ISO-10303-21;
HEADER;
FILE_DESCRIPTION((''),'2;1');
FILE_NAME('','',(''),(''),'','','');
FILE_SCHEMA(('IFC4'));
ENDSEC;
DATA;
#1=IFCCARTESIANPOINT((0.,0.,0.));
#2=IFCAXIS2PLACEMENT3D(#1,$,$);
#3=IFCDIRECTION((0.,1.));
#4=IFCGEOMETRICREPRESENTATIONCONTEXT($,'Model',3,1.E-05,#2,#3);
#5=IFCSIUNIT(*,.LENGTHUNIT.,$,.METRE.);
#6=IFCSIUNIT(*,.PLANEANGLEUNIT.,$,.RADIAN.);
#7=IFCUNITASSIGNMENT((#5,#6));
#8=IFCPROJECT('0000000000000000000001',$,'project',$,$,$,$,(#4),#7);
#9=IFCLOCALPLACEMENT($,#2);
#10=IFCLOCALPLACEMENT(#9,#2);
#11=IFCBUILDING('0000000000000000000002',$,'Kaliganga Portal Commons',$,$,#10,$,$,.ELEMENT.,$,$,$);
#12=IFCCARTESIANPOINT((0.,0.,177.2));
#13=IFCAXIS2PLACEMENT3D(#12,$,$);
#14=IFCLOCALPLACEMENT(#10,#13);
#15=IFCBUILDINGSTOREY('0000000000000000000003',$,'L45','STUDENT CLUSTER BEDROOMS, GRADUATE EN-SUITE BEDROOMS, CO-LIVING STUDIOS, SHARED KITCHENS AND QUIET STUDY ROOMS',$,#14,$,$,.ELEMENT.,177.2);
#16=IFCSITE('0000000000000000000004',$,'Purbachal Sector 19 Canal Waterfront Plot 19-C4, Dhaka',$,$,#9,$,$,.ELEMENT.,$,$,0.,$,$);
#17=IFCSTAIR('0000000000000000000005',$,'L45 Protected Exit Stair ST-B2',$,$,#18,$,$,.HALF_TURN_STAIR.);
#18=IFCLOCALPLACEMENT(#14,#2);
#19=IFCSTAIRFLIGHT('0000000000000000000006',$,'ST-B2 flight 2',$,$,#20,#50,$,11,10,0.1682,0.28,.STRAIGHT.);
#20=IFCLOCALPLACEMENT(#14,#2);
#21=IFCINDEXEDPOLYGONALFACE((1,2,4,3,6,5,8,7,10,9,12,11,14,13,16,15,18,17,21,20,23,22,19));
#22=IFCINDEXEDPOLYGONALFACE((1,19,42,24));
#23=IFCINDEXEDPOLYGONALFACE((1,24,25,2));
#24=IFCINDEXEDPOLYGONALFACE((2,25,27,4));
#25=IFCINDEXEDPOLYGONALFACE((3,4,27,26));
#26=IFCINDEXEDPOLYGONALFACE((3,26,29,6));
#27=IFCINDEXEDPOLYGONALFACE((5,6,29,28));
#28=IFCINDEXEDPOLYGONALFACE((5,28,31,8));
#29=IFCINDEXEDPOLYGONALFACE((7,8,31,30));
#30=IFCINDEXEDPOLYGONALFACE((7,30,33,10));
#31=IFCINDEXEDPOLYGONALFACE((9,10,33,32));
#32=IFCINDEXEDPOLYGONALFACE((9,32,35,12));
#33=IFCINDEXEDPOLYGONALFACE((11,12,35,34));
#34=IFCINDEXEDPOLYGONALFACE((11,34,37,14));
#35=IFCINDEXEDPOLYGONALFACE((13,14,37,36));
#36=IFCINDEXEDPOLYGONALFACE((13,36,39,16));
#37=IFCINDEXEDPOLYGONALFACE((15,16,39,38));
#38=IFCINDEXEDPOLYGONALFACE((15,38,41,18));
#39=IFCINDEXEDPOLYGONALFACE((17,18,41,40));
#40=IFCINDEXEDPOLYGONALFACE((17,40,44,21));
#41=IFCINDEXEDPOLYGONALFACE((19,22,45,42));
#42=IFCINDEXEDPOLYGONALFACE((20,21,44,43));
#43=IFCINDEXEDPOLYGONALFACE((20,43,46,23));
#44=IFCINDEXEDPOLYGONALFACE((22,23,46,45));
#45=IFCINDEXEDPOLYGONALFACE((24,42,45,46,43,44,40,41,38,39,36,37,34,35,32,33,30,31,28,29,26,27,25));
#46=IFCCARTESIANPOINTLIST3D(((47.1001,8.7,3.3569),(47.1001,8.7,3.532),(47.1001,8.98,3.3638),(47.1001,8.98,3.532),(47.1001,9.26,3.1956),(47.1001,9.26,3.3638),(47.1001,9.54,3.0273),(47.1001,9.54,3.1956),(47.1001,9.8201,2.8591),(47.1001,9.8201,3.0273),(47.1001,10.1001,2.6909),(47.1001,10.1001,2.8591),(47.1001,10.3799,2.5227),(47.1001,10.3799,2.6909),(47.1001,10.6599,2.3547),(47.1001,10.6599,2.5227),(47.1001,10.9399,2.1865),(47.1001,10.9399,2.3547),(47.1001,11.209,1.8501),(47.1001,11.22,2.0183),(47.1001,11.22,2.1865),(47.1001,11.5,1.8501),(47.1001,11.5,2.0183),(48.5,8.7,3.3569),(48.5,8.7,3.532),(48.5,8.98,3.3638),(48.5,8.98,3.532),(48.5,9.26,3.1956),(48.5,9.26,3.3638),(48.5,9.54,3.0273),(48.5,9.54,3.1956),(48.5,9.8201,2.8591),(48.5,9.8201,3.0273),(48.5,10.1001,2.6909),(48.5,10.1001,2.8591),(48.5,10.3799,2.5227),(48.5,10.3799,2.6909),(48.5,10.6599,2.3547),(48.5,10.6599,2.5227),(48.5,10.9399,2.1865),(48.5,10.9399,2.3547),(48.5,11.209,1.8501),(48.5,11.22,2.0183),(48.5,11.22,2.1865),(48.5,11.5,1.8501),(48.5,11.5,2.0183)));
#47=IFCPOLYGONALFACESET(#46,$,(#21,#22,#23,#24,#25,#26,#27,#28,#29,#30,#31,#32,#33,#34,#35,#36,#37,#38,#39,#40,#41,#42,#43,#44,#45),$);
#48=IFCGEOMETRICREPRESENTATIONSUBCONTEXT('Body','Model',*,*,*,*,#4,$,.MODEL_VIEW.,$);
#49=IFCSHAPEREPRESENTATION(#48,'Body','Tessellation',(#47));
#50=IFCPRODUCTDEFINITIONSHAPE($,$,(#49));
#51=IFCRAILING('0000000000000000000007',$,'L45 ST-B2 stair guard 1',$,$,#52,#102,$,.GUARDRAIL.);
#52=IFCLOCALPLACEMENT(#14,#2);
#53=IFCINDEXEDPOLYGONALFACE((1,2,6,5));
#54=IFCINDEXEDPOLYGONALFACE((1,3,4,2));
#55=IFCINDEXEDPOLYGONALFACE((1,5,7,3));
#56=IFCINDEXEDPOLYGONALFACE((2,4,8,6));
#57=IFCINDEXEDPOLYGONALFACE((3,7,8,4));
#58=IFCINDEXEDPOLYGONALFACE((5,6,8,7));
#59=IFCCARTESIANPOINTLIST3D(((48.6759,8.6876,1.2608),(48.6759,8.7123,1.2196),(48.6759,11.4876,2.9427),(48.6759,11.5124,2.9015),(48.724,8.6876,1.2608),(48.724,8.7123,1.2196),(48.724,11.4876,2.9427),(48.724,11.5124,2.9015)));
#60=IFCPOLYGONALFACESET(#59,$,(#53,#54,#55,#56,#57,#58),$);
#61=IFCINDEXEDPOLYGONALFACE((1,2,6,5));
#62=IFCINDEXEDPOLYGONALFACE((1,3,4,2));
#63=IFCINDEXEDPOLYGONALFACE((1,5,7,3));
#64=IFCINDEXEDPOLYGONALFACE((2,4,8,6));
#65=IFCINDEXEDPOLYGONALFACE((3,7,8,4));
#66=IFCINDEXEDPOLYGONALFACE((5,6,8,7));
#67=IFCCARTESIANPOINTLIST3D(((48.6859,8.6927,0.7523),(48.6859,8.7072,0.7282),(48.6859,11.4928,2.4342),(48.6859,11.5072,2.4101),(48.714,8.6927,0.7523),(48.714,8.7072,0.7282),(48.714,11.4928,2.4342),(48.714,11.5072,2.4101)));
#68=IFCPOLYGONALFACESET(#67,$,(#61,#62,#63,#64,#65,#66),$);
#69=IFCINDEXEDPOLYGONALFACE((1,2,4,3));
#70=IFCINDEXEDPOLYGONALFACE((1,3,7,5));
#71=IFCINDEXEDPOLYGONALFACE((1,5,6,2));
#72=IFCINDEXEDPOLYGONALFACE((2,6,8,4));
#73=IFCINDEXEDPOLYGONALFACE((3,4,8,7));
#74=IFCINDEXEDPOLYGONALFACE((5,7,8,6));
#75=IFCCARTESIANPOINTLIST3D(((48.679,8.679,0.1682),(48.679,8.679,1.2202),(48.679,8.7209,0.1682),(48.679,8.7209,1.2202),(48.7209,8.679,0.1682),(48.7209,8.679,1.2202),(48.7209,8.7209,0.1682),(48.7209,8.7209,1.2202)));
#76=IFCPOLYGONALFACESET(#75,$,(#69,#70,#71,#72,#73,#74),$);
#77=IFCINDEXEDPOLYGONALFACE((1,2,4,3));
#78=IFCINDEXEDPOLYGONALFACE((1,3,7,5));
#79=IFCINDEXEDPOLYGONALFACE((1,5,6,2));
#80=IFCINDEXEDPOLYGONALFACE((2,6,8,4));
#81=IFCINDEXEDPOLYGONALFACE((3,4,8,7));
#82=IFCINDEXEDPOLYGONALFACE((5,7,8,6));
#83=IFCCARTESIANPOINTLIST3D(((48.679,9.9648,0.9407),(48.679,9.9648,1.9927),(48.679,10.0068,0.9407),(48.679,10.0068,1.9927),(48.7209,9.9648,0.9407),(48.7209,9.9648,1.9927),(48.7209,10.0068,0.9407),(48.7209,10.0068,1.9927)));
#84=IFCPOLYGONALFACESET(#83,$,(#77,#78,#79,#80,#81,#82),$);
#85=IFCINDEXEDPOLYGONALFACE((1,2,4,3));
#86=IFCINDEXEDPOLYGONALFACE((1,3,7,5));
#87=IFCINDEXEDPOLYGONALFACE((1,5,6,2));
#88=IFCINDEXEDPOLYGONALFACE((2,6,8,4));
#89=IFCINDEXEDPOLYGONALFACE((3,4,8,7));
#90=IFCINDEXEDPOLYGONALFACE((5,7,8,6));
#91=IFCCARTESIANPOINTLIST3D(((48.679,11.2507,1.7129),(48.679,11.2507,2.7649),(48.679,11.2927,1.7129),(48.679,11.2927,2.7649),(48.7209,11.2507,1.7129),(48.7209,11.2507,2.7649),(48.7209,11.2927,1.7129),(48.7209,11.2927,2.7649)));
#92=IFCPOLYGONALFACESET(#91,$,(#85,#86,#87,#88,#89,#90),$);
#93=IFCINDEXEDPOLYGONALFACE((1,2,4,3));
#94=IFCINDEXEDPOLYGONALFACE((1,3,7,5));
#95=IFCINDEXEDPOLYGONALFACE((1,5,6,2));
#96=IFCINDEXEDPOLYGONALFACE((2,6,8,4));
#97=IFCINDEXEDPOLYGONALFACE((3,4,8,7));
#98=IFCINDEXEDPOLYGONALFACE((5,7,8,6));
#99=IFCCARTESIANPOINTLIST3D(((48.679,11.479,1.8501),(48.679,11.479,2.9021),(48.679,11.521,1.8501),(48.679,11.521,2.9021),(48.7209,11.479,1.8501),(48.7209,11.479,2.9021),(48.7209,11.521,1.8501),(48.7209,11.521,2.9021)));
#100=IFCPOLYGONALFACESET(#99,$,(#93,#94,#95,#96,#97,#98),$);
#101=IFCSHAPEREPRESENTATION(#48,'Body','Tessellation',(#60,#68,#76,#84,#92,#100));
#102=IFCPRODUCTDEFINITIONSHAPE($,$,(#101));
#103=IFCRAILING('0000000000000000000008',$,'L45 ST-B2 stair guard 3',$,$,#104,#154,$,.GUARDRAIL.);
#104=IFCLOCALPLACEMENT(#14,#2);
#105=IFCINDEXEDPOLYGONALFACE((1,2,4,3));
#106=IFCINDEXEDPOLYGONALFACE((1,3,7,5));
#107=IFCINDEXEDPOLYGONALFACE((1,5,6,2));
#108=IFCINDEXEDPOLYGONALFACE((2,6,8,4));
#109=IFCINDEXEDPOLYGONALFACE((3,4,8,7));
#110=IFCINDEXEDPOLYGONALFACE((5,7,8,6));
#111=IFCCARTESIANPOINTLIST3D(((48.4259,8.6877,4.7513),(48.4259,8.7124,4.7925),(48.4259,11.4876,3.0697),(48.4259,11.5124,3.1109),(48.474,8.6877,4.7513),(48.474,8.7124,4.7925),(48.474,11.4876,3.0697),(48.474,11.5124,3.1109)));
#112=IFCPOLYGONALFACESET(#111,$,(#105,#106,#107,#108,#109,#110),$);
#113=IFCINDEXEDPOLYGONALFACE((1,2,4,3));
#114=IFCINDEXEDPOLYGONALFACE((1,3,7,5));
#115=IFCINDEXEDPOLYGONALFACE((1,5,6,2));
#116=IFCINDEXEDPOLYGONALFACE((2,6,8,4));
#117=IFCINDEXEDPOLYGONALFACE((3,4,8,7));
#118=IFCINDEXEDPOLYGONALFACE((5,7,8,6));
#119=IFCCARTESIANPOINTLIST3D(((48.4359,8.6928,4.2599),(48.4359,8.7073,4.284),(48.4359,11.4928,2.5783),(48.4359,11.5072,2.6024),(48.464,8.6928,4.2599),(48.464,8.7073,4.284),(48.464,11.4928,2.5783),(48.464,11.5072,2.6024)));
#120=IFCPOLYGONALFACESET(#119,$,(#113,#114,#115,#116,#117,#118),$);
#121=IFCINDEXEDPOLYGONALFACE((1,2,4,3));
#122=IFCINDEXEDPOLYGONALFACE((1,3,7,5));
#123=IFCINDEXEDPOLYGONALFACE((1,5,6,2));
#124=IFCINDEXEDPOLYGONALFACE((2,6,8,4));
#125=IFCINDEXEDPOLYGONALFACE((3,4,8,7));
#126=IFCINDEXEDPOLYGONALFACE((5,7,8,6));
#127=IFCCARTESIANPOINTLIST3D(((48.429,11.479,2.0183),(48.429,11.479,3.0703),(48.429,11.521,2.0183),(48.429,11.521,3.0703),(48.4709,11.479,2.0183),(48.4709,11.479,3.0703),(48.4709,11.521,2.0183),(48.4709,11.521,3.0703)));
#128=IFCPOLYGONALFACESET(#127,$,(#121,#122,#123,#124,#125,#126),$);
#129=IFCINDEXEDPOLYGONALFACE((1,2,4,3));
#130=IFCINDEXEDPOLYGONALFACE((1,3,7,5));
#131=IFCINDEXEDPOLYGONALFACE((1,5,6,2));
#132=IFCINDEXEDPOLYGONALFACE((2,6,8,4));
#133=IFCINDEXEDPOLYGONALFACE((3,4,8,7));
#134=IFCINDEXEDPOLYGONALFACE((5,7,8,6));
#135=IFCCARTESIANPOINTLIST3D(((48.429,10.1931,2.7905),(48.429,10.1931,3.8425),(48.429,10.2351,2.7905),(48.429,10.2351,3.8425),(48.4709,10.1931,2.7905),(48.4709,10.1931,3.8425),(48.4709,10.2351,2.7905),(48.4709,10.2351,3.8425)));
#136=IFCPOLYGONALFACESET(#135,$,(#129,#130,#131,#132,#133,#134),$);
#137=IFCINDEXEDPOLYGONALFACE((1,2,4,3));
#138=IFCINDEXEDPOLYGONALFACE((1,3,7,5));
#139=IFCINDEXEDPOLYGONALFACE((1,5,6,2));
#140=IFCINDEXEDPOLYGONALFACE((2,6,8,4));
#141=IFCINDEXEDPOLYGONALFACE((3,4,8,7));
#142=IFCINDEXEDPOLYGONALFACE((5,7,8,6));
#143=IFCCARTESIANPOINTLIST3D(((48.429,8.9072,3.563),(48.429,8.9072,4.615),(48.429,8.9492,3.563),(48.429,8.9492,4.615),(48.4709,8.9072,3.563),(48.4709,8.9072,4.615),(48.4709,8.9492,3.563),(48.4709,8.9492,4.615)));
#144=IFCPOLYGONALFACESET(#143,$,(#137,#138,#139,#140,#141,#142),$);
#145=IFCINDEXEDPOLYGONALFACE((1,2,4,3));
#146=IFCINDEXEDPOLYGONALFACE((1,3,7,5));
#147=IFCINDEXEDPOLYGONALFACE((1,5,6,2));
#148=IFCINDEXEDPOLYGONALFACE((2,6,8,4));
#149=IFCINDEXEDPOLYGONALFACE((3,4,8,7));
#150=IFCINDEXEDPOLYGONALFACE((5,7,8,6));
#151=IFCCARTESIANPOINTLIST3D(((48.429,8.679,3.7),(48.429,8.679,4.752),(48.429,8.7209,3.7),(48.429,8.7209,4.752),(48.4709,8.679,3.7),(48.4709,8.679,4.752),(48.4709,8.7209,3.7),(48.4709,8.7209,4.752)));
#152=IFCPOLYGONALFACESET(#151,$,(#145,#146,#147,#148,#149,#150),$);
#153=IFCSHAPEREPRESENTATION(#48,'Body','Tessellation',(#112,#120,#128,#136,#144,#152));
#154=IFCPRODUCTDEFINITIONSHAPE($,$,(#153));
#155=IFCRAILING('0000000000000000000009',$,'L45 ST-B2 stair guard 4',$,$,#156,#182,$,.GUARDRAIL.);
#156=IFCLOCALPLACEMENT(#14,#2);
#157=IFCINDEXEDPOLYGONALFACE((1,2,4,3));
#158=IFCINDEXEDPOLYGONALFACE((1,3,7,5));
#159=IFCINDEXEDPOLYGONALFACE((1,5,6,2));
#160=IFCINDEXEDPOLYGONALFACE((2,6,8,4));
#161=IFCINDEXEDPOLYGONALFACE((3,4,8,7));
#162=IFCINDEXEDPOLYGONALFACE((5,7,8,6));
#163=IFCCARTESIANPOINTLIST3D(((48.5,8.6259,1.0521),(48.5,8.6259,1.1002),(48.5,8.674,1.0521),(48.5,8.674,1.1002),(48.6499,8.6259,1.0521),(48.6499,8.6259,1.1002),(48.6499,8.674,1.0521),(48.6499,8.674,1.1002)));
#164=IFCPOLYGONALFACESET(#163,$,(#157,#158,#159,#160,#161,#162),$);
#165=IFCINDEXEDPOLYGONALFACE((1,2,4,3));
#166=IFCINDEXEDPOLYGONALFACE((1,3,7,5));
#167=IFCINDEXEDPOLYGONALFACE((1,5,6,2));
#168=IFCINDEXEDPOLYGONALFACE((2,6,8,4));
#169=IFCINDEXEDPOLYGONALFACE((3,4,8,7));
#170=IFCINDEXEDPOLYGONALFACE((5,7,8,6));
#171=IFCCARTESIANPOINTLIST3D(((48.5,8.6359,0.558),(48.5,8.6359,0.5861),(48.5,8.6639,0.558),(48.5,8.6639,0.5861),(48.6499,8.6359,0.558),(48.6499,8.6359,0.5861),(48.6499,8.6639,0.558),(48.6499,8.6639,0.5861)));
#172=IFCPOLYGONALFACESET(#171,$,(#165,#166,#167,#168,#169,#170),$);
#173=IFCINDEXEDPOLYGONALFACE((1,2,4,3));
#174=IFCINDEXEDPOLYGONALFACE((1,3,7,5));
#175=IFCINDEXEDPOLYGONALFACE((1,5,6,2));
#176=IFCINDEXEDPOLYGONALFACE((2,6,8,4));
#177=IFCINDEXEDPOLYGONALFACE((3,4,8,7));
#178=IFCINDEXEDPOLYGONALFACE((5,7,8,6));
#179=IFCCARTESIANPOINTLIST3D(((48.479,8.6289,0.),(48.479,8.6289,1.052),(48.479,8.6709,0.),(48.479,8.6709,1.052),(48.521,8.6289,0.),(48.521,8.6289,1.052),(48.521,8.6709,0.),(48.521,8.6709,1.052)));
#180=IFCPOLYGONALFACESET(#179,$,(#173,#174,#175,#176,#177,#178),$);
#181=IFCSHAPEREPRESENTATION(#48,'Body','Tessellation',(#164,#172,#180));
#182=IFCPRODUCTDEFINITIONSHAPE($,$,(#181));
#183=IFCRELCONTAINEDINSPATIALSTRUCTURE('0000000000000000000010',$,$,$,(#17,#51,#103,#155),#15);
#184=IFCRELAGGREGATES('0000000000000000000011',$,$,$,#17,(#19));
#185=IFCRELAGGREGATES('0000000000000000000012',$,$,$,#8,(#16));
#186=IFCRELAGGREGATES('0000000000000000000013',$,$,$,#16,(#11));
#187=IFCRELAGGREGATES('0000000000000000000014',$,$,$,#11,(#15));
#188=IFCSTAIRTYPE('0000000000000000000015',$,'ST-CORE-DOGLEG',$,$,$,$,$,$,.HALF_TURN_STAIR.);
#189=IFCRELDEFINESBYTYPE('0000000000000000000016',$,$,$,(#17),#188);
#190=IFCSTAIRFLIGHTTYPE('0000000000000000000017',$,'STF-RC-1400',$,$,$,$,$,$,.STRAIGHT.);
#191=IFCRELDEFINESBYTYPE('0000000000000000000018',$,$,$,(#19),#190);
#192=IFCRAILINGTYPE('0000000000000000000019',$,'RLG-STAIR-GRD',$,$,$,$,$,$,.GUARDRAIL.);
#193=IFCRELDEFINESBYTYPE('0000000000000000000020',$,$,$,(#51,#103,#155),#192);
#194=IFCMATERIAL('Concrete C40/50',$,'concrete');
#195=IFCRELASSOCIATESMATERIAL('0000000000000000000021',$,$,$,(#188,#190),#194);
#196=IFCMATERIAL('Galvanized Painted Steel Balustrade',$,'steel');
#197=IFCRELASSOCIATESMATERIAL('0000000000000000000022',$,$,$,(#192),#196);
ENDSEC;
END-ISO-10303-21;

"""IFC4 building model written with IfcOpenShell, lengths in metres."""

from ifc_helpers import new_model, si_unit, direction, frame, origin, origin_2d, place, context, subcontext, project, spatial, polyline, rectangle, outline, extrude, material, type_object, element, aggregate, save


model = new_model("IFC4")

# Units and contexts
model_context = context("Model", 3, precision=1e-05, world=origin(), true_north=direction((0.0, 1.0)))
body_context = subcontext(model_context, "Body", "Model", "MODEL_VIEW")
ifc_project = project(units=[si_unit("LENGTHUNIT", "METRE"), si_unit("PLANEANGLEUNIT", "RADIAN")], contexts=[model_context])

# Site, building, storey
site_placement = place(None, origin())
site = spatial("IfcSite", under=ifc_project, at=site_placement, Name="Purbachal Sector 19 Canal Waterfront Plot 19-C4, Dhaka", CompositionType="ELEMENT", RefElevation=0.0)
building_placement = place(site_placement, origin())
building = spatial("IfcBuilding", under=site, at=building_placement, Name="Kaliganga Portal Commons", CompositionType="ELEMENT")
storey_placement = place(building_placement, frame((0.0, 0.0, 177.2)))
storey = spatial("IfcBuildingStorey", under=building, at=storey_placement, Name="L45", Description="STUDENT CLUSTER BEDROOMS, GRADUATE EN-SUITE BEDROOMS, CO-LIVING STUDIOS, SHARED KITCHENS AND QUIET STUDY ROOMS", CompositionType="ELEMENT", Elevation=177.2)

# Stair, stair flight
ifc_material_1 = material(Name="Concrete C40/50", Category="concrete")
stair_type = type_object("IfcStairType", Name="ST-CORE-DOGLEG", PredefinedType="HALF_TURN_STAIR", material=ifc_material_1)
stair_placement = place(storey_placement, origin())
stair = element("IfcStair", 1, at=stair_placement, inside=storey, type_object=stair_type, Name="L45 Protected Exit Stair ST-B2", PredefinedType="HALF_TURN_STAIR")
stair_flight_type = type_object("IfcStairFlightType", Name="STF-RC-1400", PredefinedType="STRAIGHT", material=ifc_material_1)
stair_flight_1_placement = place(storey_placement, frame((47.8, 11.5, 1.8501), z_axis=(0.0, 0.0, 1.0), x_axis=(0.0, -1.0, 0.0)))
stair_flight_1 = element("IfcStairFlight", 2, at=stair_flight_1_placement, type_object=stair_flight_type, Name="ST-B2 flight 2", NumberOfRisers=11, NumberOfTreads=10, PredefinedType="STRAIGHT", RiserHeight=0.1682, TreadLength=0.28, context=body_context, shape_type="SweptSolid", body=[
    extrude(outline(polyline([(0.0, 0.0), (0.0, 0.1682), (0.28, 0.1682), (0.28, 0.3364), (0.5601, 0.3364), (0.5601, 0.5046), (0.8401, 0.5046), (0.8401, 0.6726), (1.1201, 0.6726), (1.1201, 0.8408), (1.3999, 0.8408), (1.3999, 1.009), (1.6799, 1.009), (1.6799, 1.1772), (1.96, 1.1772), (1.96, 1.3455), (2.24, 1.3455), (2.24, 1.5137), (2.52, 1.5137), (2.52, 1.6819), (2.8, 1.6819), (2.8, 1.8501), (2.8, 1.5068), (0.291, 0.0), (0.0, 0.0)])), frame((0.0, 0.7, 0.0), z_axis=(0.0, -1.0, 0.0), x_axis=(1.0, 0.0, 0.0)), (0.0, 0.0, 1.0), 1.3999),
])
aggregate(stair, [stair_flight_1])

# Railings
ifc_material_2 = material(Name="Galvanized Painted Steel Balustrade", Category="steel")
railing_type_1 = type_object("IfcRailingType", Name="RLG-STAIR-GRD", PredefinedType="GUARDRAIL", material=ifc_material_2)
railing_1_placement = place(storey_placement, frame((48.7, 8.7, 0.1682)))
element("IfcRailing", 3, at=railing_1_placement, inside=storey, type_object=railing_type_1, Name="L45 ST-B2 stair guard 1", PredefinedType="GUARDRAIL", context=body_context, shape_type="SweptSolid", body=[
    extrude(rectangle(XDim=0.0481, YDim=0.0481, at=origin_2d()), frame((0.0, 0.0, 1.072), z_axis=(0.0, 0.857242, 0.514913), x_axis=(-1.0, 0.0, 0.0)), (0.0, 0.0, 1.0), 3.2664),
    extrude(rectangle(XDim=0.0281, YDim=0.0281, at=origin_2d()), frame((0.0, 0.0, 0.572), z_axis=(0.0, 0.857242, 0.514913), x_axis=(-1.0, 0.0, 0.0)), (0.0, 0.0, 1.0), 3.2664),
    extrude(rectangle(XDim=0.042, YDim=0.042, at=origin_2d()), origin(), (0.0, 0.0, 1.0), 1.052),
    extrude(rectangle(XDim=0.042, YDim=0.042, at=origin_2d()), frame((0.0, 1.2859, 0.7725)), (0.0, 0.0, 1.0), 1.052),
    extrude(rectangle(XDim=0.042, YDim=0.042, at=origin_2d()), frame((0.0, 2.5718, 1.5447)), (0.0, 0.0, 1.0), 1.052),
    extrude(rectangle(XDim=0.042, YDim=0.042, at=origin_2d()), frame((0.0, 2.8, 1.6819)), (0.0, 0.0, 1.0), 1.052),
])
railing_2_placement = place(storey_placement, frame((48.45, 11.5, 2.0183)))
element("IfcRailing", 4, at=railing_2_placement, inside=storey, type_object=railing_type_1, Name="L45 ST-B2 stair guard 3", PredefinedType="GUARDRAIL", context=body_context, shape_type="SweptSolid", body=[
    extrude(rectangle(XDim=0.0481, YDim=0.0481, at=origin_2d()), frame((0.0, 0.0, 1.072), z_axis=(0.0, -0.857275, 0.514858), x_axis=(1.0, 0.0, 0.0)), (0.0, 0.0, 1.0), 3.2661),
    extrude(rectangle(XDim=0.0281, YDim=0.0281, at=origin_2d()), frame((0.0, 0.0, 0.572), z_axis=(0.0, -0.857275, 0.514858), x_axis=(1.0, 0.0, 0.0)), (0.0, 0.0, 1.0), 3.2661),
    extrude(rectangle(XDim=0.042, YDim=0.042, at=origin_2d()), origin(), (0.0, 0.0, 1.0), 1.052),
    extrude(rectangle(XDim=0.042, YDim=0.042, at=origin_2d()), frame((0.0, -1.2859, 0.7722)), (0.0, 0.0, 1.0), 1.052),
    extrude(rectangle(XDim=0.042, YDim=0.042, at=origin_2d()), frame((0.0, -2.5718, 1.5447)), (0.0, 0.0, 1.0), 1.052),
    extrude(rectangle(XDim=0.042, YDim=0.042, at=origin_2d()), frame((0.0, -2.8, 1.6816)), (0.0, 0.0, 1.0), 1.052),
])
railing_3_placement = place(storey_placement, frame((48.6499, 8.6499, 0.0)))
element("IfcRailing", 5, at=railing_3_placement, inside=storey, type_object=railing_type_1, Name="L45 ST-B2 stair guard 4", PredefinedType="GUARDRAIL", context=body_context, shape_type="SweptSolid", body=[
    extrude(rectangle(XDim=0.0481, YDim=0.0481, at=origin_2d()), frame((0.0, 0.0, 1.0762), z_axis=(-1.0, 0.0, 0.0), x_axis=(0.0, -1.0, 0.0)), (0.0, 0.0, 1.0), 0.1499),
    extrude(rectangle(XDim=0.0281, YDim=0.0281, at=origin_2d()), frame((0.0, 0.0, 0.572), z_axis=(-1.0, 0.0, 0.0), x_axis=(0.0, -1.0, 0.0)), (0.0, 0.0, 1.0), 0.1499),
    extrude(rectangle(XDim=0.042, YDim=0.042, at=origin_2d()), frame((-0.1499, 0.0, 0.0)), (0.0, 0.0, 1.0), 1.052),
])

save(model, "model.ifc")
